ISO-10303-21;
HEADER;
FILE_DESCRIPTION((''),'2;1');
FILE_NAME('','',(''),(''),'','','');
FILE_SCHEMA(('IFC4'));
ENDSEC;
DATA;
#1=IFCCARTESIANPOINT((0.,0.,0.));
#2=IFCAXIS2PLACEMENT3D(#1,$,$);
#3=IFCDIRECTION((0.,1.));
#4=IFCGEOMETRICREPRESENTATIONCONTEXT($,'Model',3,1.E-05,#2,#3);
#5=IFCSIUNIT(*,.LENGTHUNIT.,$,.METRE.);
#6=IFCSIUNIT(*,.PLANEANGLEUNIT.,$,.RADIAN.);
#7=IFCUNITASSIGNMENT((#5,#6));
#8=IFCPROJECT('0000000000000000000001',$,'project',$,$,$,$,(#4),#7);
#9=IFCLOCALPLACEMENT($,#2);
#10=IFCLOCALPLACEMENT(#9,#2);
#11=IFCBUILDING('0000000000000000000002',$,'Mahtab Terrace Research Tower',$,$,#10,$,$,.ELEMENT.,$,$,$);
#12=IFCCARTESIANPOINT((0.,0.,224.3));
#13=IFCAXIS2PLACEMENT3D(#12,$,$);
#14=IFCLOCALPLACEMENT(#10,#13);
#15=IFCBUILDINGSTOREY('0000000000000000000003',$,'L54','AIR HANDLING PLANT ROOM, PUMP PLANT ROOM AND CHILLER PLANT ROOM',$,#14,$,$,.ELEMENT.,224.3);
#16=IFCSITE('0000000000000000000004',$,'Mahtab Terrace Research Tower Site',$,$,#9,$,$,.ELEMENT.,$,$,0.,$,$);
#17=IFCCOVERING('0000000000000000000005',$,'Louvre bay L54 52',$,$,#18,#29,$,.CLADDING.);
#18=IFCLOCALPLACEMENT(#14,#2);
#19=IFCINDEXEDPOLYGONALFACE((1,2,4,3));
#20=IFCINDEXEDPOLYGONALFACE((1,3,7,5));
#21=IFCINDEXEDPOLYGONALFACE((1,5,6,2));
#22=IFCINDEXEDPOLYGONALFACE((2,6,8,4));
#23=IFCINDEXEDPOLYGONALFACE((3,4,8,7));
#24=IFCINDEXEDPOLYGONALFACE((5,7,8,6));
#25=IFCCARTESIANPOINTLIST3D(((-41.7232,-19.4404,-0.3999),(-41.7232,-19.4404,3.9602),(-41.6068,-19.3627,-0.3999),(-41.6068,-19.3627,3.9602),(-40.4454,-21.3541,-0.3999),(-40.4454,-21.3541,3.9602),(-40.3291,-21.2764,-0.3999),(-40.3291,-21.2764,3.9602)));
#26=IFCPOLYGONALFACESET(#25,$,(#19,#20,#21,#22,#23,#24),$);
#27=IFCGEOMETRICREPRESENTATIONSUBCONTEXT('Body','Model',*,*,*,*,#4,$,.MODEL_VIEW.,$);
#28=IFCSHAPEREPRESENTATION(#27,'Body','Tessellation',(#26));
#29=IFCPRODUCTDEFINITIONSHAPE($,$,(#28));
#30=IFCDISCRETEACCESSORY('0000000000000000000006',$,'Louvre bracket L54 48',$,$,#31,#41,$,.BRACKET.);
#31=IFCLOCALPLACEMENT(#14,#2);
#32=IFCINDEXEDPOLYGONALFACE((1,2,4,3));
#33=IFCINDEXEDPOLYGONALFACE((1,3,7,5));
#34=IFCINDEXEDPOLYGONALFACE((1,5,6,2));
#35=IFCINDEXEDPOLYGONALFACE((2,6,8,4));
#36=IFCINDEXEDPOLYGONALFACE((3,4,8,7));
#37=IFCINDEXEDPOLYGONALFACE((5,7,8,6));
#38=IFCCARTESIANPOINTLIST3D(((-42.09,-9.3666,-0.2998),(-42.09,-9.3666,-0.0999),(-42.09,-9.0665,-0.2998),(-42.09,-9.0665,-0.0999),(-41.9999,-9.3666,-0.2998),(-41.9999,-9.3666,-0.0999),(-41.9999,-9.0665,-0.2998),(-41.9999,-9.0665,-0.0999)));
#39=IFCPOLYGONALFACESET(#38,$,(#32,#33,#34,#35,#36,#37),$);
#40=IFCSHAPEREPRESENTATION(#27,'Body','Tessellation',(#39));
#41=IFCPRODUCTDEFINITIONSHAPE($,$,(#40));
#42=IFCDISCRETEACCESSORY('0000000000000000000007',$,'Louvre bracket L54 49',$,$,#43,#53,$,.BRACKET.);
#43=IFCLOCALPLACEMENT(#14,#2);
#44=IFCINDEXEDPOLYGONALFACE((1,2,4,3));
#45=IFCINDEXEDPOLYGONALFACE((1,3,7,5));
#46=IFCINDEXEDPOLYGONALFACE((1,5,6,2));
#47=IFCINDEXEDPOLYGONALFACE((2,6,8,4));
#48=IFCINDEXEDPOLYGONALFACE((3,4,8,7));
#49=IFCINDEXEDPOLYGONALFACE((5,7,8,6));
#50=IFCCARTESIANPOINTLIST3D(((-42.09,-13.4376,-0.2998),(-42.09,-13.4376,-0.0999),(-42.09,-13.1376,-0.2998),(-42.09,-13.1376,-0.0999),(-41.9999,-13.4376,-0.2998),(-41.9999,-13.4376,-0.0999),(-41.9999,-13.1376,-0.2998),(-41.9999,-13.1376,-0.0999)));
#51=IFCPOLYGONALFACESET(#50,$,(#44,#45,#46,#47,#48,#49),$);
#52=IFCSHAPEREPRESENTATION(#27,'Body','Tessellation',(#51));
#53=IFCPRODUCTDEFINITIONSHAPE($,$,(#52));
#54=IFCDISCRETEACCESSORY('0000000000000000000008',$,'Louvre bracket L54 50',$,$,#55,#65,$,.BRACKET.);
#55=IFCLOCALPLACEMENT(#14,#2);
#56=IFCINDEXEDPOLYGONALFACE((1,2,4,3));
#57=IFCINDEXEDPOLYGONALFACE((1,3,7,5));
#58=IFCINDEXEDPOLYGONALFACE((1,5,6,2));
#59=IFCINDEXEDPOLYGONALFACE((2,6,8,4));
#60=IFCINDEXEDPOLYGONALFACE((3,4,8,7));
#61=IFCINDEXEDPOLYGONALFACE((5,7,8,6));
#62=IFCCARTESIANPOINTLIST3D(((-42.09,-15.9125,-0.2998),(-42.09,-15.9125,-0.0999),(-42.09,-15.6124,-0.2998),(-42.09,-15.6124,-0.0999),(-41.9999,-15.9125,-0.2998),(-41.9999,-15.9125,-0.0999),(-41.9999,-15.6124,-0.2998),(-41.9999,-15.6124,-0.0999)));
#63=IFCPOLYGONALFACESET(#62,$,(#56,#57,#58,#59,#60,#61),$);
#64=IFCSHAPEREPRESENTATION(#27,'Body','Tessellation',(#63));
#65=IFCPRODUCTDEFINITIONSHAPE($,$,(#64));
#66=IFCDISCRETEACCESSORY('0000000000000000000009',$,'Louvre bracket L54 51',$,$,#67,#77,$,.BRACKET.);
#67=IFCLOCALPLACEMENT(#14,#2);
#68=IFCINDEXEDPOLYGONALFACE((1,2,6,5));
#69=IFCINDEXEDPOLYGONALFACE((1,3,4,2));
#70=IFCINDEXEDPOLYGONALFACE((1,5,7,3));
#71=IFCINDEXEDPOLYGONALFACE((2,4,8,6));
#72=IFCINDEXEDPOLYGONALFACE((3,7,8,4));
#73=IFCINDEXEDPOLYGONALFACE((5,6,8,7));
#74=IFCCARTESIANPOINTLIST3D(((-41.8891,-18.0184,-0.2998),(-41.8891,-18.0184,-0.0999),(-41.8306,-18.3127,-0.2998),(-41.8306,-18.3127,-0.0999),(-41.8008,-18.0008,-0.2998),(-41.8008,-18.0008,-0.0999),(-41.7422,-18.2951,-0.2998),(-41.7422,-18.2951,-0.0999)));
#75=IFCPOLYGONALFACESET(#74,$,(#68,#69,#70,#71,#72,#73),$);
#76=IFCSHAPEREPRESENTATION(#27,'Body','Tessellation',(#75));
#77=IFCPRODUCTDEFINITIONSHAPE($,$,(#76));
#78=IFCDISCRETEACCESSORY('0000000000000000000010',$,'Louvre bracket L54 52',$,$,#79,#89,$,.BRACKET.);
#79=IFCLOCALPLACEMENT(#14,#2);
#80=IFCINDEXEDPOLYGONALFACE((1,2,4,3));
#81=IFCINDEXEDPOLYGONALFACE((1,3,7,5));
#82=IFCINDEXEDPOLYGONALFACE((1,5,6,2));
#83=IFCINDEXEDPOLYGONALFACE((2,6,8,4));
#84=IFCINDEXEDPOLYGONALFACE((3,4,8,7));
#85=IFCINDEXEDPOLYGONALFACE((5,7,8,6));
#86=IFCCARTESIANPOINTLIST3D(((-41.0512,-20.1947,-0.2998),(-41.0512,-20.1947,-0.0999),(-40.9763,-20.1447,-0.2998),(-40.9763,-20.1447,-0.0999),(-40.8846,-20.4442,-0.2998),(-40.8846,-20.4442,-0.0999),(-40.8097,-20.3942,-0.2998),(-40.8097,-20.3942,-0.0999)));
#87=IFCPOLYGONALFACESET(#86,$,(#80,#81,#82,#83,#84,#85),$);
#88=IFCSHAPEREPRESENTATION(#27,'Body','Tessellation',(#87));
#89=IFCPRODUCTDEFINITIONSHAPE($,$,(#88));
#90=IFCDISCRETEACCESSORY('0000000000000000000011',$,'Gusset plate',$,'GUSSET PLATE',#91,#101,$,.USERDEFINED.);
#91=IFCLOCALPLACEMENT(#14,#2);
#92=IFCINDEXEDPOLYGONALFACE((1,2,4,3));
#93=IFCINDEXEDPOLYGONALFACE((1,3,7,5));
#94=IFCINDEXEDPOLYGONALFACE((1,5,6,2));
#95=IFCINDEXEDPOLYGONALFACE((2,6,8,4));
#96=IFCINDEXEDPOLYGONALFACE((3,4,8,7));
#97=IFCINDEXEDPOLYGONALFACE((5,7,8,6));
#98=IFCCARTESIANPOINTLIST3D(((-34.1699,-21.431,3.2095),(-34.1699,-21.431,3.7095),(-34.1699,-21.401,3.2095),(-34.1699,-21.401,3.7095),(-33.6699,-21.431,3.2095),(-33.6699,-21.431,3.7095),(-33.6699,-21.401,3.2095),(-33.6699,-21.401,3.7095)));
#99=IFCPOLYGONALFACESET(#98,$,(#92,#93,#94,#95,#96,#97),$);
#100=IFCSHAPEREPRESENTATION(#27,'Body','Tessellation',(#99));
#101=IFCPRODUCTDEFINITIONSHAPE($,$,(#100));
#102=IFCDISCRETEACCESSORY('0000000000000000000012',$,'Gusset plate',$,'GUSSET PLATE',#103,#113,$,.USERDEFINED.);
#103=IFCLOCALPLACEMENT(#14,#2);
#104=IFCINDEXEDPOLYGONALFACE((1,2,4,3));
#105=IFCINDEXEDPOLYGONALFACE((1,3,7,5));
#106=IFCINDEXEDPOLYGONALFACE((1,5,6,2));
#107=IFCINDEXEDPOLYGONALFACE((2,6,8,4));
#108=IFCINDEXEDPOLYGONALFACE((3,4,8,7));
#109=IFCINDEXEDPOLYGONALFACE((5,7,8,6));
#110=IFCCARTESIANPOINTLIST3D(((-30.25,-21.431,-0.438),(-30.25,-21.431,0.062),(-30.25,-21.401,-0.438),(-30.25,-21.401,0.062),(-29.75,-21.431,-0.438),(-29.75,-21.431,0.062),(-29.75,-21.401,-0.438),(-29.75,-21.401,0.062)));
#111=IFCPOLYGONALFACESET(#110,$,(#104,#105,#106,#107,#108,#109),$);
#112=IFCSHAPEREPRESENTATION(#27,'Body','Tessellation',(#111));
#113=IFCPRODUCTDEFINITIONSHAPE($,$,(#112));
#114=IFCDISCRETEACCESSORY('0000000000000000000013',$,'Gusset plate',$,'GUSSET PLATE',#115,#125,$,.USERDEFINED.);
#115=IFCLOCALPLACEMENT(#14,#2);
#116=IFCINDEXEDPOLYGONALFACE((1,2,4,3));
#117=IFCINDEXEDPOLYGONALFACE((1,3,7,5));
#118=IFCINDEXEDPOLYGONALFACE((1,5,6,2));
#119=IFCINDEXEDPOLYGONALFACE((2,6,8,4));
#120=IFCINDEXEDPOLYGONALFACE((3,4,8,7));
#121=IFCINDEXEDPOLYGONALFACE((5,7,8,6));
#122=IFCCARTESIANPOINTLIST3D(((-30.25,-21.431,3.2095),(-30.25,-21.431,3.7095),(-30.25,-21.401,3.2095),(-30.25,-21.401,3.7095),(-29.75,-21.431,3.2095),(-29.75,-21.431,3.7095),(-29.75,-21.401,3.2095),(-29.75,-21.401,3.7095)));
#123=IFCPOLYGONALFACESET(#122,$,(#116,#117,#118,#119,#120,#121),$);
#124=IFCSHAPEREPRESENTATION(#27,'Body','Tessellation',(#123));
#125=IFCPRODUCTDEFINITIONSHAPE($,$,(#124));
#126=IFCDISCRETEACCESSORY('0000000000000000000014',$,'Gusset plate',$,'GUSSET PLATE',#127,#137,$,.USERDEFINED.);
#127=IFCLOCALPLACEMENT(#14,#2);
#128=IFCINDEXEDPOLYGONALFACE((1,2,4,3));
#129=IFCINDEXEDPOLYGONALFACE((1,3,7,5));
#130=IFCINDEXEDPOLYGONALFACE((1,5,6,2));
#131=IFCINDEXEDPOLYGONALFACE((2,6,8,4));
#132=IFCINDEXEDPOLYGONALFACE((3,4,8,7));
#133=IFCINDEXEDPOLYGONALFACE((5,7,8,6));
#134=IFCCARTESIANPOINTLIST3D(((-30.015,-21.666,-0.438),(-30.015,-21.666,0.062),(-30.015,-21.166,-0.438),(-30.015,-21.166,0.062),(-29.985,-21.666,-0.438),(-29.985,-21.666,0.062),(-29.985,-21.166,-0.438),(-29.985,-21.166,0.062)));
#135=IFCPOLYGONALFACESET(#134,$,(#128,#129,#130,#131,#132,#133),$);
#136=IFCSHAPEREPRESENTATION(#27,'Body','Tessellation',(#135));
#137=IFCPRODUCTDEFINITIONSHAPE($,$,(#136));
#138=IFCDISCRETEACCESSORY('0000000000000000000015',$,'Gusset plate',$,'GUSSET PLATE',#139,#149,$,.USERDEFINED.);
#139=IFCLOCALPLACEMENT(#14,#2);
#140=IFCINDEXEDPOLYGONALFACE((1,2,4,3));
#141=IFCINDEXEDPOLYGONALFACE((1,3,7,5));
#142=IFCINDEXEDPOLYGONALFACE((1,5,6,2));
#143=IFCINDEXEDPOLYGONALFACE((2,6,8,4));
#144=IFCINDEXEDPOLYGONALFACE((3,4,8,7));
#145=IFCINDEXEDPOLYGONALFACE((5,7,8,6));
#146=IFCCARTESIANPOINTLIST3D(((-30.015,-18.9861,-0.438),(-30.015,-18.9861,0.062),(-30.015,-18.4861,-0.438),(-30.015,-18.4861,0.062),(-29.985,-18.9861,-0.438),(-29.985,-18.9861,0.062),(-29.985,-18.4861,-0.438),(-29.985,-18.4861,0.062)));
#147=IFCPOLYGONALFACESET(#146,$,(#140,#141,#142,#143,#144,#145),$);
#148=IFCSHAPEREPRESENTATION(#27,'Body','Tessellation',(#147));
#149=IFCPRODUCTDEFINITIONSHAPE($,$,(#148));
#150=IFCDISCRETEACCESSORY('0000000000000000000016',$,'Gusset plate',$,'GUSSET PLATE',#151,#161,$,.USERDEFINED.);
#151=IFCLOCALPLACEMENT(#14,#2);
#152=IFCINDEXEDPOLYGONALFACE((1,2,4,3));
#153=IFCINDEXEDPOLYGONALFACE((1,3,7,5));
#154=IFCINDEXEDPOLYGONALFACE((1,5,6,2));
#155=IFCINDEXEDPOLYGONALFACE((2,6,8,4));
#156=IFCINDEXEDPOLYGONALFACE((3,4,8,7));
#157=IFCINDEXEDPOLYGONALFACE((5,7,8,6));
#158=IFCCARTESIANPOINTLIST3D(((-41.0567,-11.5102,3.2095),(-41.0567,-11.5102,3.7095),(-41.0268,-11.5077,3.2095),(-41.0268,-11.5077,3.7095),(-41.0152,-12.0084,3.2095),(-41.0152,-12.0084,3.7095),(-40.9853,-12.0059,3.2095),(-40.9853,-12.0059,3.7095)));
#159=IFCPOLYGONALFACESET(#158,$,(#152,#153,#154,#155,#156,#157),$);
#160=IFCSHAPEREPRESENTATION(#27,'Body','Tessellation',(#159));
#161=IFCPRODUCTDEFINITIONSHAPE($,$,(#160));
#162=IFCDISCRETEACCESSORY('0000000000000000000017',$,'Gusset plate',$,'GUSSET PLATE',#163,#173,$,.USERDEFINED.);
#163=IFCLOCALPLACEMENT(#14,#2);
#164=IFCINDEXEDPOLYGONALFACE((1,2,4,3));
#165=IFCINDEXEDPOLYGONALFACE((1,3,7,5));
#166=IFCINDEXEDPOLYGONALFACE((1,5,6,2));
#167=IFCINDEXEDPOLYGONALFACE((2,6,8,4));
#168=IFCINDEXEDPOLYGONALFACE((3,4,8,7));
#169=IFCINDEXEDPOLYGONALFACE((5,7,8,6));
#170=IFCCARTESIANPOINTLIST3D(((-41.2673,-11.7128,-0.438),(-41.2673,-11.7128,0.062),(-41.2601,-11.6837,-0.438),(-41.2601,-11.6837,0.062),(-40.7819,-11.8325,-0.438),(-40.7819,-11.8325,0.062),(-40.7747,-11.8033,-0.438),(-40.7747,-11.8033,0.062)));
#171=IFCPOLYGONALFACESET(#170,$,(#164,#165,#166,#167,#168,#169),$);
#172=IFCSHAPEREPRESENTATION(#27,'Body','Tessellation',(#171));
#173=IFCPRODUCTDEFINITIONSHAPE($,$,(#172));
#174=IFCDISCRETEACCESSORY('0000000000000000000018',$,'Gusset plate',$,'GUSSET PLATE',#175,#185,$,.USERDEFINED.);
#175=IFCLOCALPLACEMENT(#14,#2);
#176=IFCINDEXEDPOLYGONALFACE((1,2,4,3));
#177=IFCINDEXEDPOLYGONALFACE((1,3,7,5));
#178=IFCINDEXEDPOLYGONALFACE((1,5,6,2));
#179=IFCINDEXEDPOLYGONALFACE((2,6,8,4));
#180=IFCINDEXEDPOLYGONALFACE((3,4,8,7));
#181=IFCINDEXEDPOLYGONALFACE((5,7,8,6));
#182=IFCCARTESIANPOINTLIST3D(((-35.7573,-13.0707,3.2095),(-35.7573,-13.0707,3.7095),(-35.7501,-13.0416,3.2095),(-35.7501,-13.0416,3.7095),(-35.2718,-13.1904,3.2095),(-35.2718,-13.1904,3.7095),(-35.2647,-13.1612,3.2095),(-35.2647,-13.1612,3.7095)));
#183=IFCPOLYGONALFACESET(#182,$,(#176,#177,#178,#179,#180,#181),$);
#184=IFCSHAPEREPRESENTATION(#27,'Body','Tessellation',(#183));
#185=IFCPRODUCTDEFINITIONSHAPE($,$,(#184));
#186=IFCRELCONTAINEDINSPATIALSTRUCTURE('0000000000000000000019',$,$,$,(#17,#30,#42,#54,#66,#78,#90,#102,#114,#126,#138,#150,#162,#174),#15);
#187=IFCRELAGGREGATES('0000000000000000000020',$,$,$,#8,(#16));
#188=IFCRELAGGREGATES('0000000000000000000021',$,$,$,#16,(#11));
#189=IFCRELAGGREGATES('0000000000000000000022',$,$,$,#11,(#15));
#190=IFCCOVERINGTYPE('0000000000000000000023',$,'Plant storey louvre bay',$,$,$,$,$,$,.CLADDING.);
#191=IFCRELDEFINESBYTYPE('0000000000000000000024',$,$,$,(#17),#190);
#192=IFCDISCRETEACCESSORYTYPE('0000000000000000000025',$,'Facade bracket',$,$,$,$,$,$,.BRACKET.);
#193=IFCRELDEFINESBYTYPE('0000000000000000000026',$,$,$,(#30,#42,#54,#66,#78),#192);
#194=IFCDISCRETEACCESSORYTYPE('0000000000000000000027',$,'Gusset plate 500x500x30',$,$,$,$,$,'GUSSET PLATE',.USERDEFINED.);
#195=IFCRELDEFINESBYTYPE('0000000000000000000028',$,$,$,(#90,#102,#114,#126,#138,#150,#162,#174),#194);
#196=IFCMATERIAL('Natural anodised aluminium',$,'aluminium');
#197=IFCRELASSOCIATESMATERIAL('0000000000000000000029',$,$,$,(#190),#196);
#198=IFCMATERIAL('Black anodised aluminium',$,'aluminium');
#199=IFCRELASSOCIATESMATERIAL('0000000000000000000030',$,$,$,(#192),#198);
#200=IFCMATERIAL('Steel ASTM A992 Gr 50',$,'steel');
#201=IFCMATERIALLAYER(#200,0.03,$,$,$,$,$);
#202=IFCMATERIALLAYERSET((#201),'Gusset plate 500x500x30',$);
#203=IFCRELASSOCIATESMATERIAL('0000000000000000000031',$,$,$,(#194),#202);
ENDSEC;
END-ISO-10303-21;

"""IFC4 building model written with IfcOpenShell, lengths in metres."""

from ifc_helpers import new_model, si_unit, direction, frame, origin, origin_2d, place, context, subcontext, project, spatial, rectangle, extrude, material, layer, layer_set, type_object, element, save


model = new_model("IFC4")

# Units and contexts
model_context = context("Model", 3, precision=1e-05, world=origin(), true_north=direction((0.0, 1.0)))
body_context = subcontext(model_context, "Body", "Model", "MODEL_VIEW")
ifc_project = project(units=[si_unit("LENGTHUNIT", "METRE"), si_unit("PLANEANGLEUNIT", "RADIAN")], contexts=[model_context])

# Site, building, storey
site_placement = place(None, origin())
site = spatial("IfcSite", under=ifc_project, at=site_placement, Name="Mahtab Terrace Research Tower Site", CompositionType="ELEMENT", RefElevation=0.0)
building_placement = place(site_placement, origin())
building = spatial("IfcBuilding", under=site, at=building_placement, Name="Mahtab Terrace Research Tower", CompositionType="ELEMENT")
storey_placement = place(building_placement, frame((0.0, 0.0, 224.3)))
storey = spatial("IfcBuildingStorey", under=building, at=storey_placement, Name="L54", Description="AIR HANDLING PLANT ROOM, PUMP PLANT ROOM AND CHILLER PLANT ROOM", CompositionType="ELEMENT", Elevation=224.3)

# Shared definitions
ifc_material_1 = material(Name="Steel ASTM A992 Gr 50", Category="steel")

# Covering
ifc_material_2 = material(Name="Natural anodised aluminium", Category="aluminium")
covering_type = type_object("IfcCoveringType", Name="Plant storey louvre bay", PredefinedType="CLADDING", material=ifc_material_2)
for number, where, z_axis, x_axis, name in (
    (1, (-41.0261, -20.3584, -0.3999), (0.0, 0.0, 1.0), (0.555291, -0.831656, 0.0), "Louvre bay L54 52"),
):
    element("IfcCovering", number, at=place(storey_placement, frame(where, z_axis=z_axis, x_axis=x_axis)), inside=storey, type_object=covering_type, Name=name, PredefinedType="CLADDING", context=body_context, shape_type="SweptSolid", body=[
        extrude(rectangle(XDim=2.301, YDim=0.1399, at=origin_2d()), origin(), (0.0, 0.0, 1.0), 4.3601),
    ])

# Discrete accessories
ifc_material_3 = material(Name="Black anodised aluminium", Category="aluminium")
discrete_accessory_type_1 = type_object("IfcDiscreteAccessoryType", Name="Facade bracket", PredefinedType="BRACKET", material=ifc_material_3)
for number, where, z_axis, x_axis, name in (
    (2, (-42.0449, -9.2166, -0.2998), (0.0, 0.0, 1.0), (0.0, -1.0, 0.0), "Louvre bracket L54 48"),
    (3, (-42.0449, -13.2876, -0.2998), (0.0, 0.0, 1.0), (0.0, -1.0, 0.0), "Louvre bracket L54 49"),
    (4, (-42.0449, -15.7625, -0.2998), (0.0, 0.0, 1.0), (0.0, -1.0, 0.0), "Louvre bracket L54 50"),
    (5, (-41.8157, -18.1567, -0.2998), (0.0, 0.0, 1.0), (0.195212, -0.980761, 0.0), "Louvre bracket L54 51"),
    (6, (-40.9304, -20.2944, -0.2998), (0.0, 0.0, 1.0), (0.555291, -0.831656, 0.0), "Louvre bracket L54 52"),
):
    element("IfcDiscreteAccessory", number, at=place(storey_placement, frame(where, z_axis=z_axis, x_axis=x_axis)), inside=storey, type_object=discrete_accessory_type_1, Name=name, PredefinedType="BRACKET", context=body_context, shape_type="SweptSolid", body=[
        extrude(rectangle(XDim=0.3, YDim=0.0901, at=origin_2d()), origin(), (0.0, 0.0, 1.0), 0.2),
    ])
ifc_layer_1 = layer(ifc_material_1, 0.03)
ifc_layer_set_1 = layer_set([ifc_layer_1], Name="Gusset plate 500x500x30")
discrete_accessory_type_2 = type_object("IfcDiscreteAccessoryType", Name="Gusset plate 500x500x30", ElementType="GUSSET PLATE", PredefinedType="USERDEFINED", material=ifc_layer_set_1)
for number, where, z_axis, x_axis, name in (
    (7, (-33.9199, -21.416, 3.2095), (0.0, 0.0, 1.0), (1.0, 0.0, 0.0), "Gusset plate"),
    (8, (-30.0, -21.416, -0.438), (0.0, 0.0, 1.0), (1.0, 0.0, 0.0), "Gusset plate"),
    (9, (-30.0, -21.416, 3.2095), (0.0, 0.0, 1.0), (1.0, 0.0, 0.0), "Gusset plate"),
    (10, (-30.0, -21.416, -0.438), (0.0, 0.0, 1.0), (0.0, 1.0, 0.0), "Gusset plate"),
    (11, (-30.0, -18.7361, -0.438), (0.0, 0.0, 1.0), (0.0, 1.0, 0.0), "Gusset plate"),
    (12, (-41.021, -11.7581, 3.2095), (0.0, 0.0, 1.0), (-0.083052, 0.996545, 0.0), "Gusset plate"),
    (13, (-41.021, -11.7581, -0.438), (0.0, 0.0, 1.0), (-0.970947, 0.239296, 0.0), "Gusset plate"),
    (14, (-35.511, -13.116, 3.2095), (0.0, 0.0, 1.0), (-0.970947, 0.239296, 0.0), "Gusset plate"),
):
    element("IfcDiscreteAccessory", number, at=place(storey_placement, frame(where, z_axis=z_axis, x_axis=x_axis)), inside=storey, type_object=discrete_accessory_type_2, Name=name, ObjectType="GUSSET PLATE", PredefinedType="USERDEFINED", context=body_context, shape_type="SweptSolid", body=[
        extrude(rectangle(XDim=0.5, YDim=0.03, at=origin_2d()), origin(), (0.0, 0.0, 1.0), 0.5),
    ])

save(model, "model.ifc")
